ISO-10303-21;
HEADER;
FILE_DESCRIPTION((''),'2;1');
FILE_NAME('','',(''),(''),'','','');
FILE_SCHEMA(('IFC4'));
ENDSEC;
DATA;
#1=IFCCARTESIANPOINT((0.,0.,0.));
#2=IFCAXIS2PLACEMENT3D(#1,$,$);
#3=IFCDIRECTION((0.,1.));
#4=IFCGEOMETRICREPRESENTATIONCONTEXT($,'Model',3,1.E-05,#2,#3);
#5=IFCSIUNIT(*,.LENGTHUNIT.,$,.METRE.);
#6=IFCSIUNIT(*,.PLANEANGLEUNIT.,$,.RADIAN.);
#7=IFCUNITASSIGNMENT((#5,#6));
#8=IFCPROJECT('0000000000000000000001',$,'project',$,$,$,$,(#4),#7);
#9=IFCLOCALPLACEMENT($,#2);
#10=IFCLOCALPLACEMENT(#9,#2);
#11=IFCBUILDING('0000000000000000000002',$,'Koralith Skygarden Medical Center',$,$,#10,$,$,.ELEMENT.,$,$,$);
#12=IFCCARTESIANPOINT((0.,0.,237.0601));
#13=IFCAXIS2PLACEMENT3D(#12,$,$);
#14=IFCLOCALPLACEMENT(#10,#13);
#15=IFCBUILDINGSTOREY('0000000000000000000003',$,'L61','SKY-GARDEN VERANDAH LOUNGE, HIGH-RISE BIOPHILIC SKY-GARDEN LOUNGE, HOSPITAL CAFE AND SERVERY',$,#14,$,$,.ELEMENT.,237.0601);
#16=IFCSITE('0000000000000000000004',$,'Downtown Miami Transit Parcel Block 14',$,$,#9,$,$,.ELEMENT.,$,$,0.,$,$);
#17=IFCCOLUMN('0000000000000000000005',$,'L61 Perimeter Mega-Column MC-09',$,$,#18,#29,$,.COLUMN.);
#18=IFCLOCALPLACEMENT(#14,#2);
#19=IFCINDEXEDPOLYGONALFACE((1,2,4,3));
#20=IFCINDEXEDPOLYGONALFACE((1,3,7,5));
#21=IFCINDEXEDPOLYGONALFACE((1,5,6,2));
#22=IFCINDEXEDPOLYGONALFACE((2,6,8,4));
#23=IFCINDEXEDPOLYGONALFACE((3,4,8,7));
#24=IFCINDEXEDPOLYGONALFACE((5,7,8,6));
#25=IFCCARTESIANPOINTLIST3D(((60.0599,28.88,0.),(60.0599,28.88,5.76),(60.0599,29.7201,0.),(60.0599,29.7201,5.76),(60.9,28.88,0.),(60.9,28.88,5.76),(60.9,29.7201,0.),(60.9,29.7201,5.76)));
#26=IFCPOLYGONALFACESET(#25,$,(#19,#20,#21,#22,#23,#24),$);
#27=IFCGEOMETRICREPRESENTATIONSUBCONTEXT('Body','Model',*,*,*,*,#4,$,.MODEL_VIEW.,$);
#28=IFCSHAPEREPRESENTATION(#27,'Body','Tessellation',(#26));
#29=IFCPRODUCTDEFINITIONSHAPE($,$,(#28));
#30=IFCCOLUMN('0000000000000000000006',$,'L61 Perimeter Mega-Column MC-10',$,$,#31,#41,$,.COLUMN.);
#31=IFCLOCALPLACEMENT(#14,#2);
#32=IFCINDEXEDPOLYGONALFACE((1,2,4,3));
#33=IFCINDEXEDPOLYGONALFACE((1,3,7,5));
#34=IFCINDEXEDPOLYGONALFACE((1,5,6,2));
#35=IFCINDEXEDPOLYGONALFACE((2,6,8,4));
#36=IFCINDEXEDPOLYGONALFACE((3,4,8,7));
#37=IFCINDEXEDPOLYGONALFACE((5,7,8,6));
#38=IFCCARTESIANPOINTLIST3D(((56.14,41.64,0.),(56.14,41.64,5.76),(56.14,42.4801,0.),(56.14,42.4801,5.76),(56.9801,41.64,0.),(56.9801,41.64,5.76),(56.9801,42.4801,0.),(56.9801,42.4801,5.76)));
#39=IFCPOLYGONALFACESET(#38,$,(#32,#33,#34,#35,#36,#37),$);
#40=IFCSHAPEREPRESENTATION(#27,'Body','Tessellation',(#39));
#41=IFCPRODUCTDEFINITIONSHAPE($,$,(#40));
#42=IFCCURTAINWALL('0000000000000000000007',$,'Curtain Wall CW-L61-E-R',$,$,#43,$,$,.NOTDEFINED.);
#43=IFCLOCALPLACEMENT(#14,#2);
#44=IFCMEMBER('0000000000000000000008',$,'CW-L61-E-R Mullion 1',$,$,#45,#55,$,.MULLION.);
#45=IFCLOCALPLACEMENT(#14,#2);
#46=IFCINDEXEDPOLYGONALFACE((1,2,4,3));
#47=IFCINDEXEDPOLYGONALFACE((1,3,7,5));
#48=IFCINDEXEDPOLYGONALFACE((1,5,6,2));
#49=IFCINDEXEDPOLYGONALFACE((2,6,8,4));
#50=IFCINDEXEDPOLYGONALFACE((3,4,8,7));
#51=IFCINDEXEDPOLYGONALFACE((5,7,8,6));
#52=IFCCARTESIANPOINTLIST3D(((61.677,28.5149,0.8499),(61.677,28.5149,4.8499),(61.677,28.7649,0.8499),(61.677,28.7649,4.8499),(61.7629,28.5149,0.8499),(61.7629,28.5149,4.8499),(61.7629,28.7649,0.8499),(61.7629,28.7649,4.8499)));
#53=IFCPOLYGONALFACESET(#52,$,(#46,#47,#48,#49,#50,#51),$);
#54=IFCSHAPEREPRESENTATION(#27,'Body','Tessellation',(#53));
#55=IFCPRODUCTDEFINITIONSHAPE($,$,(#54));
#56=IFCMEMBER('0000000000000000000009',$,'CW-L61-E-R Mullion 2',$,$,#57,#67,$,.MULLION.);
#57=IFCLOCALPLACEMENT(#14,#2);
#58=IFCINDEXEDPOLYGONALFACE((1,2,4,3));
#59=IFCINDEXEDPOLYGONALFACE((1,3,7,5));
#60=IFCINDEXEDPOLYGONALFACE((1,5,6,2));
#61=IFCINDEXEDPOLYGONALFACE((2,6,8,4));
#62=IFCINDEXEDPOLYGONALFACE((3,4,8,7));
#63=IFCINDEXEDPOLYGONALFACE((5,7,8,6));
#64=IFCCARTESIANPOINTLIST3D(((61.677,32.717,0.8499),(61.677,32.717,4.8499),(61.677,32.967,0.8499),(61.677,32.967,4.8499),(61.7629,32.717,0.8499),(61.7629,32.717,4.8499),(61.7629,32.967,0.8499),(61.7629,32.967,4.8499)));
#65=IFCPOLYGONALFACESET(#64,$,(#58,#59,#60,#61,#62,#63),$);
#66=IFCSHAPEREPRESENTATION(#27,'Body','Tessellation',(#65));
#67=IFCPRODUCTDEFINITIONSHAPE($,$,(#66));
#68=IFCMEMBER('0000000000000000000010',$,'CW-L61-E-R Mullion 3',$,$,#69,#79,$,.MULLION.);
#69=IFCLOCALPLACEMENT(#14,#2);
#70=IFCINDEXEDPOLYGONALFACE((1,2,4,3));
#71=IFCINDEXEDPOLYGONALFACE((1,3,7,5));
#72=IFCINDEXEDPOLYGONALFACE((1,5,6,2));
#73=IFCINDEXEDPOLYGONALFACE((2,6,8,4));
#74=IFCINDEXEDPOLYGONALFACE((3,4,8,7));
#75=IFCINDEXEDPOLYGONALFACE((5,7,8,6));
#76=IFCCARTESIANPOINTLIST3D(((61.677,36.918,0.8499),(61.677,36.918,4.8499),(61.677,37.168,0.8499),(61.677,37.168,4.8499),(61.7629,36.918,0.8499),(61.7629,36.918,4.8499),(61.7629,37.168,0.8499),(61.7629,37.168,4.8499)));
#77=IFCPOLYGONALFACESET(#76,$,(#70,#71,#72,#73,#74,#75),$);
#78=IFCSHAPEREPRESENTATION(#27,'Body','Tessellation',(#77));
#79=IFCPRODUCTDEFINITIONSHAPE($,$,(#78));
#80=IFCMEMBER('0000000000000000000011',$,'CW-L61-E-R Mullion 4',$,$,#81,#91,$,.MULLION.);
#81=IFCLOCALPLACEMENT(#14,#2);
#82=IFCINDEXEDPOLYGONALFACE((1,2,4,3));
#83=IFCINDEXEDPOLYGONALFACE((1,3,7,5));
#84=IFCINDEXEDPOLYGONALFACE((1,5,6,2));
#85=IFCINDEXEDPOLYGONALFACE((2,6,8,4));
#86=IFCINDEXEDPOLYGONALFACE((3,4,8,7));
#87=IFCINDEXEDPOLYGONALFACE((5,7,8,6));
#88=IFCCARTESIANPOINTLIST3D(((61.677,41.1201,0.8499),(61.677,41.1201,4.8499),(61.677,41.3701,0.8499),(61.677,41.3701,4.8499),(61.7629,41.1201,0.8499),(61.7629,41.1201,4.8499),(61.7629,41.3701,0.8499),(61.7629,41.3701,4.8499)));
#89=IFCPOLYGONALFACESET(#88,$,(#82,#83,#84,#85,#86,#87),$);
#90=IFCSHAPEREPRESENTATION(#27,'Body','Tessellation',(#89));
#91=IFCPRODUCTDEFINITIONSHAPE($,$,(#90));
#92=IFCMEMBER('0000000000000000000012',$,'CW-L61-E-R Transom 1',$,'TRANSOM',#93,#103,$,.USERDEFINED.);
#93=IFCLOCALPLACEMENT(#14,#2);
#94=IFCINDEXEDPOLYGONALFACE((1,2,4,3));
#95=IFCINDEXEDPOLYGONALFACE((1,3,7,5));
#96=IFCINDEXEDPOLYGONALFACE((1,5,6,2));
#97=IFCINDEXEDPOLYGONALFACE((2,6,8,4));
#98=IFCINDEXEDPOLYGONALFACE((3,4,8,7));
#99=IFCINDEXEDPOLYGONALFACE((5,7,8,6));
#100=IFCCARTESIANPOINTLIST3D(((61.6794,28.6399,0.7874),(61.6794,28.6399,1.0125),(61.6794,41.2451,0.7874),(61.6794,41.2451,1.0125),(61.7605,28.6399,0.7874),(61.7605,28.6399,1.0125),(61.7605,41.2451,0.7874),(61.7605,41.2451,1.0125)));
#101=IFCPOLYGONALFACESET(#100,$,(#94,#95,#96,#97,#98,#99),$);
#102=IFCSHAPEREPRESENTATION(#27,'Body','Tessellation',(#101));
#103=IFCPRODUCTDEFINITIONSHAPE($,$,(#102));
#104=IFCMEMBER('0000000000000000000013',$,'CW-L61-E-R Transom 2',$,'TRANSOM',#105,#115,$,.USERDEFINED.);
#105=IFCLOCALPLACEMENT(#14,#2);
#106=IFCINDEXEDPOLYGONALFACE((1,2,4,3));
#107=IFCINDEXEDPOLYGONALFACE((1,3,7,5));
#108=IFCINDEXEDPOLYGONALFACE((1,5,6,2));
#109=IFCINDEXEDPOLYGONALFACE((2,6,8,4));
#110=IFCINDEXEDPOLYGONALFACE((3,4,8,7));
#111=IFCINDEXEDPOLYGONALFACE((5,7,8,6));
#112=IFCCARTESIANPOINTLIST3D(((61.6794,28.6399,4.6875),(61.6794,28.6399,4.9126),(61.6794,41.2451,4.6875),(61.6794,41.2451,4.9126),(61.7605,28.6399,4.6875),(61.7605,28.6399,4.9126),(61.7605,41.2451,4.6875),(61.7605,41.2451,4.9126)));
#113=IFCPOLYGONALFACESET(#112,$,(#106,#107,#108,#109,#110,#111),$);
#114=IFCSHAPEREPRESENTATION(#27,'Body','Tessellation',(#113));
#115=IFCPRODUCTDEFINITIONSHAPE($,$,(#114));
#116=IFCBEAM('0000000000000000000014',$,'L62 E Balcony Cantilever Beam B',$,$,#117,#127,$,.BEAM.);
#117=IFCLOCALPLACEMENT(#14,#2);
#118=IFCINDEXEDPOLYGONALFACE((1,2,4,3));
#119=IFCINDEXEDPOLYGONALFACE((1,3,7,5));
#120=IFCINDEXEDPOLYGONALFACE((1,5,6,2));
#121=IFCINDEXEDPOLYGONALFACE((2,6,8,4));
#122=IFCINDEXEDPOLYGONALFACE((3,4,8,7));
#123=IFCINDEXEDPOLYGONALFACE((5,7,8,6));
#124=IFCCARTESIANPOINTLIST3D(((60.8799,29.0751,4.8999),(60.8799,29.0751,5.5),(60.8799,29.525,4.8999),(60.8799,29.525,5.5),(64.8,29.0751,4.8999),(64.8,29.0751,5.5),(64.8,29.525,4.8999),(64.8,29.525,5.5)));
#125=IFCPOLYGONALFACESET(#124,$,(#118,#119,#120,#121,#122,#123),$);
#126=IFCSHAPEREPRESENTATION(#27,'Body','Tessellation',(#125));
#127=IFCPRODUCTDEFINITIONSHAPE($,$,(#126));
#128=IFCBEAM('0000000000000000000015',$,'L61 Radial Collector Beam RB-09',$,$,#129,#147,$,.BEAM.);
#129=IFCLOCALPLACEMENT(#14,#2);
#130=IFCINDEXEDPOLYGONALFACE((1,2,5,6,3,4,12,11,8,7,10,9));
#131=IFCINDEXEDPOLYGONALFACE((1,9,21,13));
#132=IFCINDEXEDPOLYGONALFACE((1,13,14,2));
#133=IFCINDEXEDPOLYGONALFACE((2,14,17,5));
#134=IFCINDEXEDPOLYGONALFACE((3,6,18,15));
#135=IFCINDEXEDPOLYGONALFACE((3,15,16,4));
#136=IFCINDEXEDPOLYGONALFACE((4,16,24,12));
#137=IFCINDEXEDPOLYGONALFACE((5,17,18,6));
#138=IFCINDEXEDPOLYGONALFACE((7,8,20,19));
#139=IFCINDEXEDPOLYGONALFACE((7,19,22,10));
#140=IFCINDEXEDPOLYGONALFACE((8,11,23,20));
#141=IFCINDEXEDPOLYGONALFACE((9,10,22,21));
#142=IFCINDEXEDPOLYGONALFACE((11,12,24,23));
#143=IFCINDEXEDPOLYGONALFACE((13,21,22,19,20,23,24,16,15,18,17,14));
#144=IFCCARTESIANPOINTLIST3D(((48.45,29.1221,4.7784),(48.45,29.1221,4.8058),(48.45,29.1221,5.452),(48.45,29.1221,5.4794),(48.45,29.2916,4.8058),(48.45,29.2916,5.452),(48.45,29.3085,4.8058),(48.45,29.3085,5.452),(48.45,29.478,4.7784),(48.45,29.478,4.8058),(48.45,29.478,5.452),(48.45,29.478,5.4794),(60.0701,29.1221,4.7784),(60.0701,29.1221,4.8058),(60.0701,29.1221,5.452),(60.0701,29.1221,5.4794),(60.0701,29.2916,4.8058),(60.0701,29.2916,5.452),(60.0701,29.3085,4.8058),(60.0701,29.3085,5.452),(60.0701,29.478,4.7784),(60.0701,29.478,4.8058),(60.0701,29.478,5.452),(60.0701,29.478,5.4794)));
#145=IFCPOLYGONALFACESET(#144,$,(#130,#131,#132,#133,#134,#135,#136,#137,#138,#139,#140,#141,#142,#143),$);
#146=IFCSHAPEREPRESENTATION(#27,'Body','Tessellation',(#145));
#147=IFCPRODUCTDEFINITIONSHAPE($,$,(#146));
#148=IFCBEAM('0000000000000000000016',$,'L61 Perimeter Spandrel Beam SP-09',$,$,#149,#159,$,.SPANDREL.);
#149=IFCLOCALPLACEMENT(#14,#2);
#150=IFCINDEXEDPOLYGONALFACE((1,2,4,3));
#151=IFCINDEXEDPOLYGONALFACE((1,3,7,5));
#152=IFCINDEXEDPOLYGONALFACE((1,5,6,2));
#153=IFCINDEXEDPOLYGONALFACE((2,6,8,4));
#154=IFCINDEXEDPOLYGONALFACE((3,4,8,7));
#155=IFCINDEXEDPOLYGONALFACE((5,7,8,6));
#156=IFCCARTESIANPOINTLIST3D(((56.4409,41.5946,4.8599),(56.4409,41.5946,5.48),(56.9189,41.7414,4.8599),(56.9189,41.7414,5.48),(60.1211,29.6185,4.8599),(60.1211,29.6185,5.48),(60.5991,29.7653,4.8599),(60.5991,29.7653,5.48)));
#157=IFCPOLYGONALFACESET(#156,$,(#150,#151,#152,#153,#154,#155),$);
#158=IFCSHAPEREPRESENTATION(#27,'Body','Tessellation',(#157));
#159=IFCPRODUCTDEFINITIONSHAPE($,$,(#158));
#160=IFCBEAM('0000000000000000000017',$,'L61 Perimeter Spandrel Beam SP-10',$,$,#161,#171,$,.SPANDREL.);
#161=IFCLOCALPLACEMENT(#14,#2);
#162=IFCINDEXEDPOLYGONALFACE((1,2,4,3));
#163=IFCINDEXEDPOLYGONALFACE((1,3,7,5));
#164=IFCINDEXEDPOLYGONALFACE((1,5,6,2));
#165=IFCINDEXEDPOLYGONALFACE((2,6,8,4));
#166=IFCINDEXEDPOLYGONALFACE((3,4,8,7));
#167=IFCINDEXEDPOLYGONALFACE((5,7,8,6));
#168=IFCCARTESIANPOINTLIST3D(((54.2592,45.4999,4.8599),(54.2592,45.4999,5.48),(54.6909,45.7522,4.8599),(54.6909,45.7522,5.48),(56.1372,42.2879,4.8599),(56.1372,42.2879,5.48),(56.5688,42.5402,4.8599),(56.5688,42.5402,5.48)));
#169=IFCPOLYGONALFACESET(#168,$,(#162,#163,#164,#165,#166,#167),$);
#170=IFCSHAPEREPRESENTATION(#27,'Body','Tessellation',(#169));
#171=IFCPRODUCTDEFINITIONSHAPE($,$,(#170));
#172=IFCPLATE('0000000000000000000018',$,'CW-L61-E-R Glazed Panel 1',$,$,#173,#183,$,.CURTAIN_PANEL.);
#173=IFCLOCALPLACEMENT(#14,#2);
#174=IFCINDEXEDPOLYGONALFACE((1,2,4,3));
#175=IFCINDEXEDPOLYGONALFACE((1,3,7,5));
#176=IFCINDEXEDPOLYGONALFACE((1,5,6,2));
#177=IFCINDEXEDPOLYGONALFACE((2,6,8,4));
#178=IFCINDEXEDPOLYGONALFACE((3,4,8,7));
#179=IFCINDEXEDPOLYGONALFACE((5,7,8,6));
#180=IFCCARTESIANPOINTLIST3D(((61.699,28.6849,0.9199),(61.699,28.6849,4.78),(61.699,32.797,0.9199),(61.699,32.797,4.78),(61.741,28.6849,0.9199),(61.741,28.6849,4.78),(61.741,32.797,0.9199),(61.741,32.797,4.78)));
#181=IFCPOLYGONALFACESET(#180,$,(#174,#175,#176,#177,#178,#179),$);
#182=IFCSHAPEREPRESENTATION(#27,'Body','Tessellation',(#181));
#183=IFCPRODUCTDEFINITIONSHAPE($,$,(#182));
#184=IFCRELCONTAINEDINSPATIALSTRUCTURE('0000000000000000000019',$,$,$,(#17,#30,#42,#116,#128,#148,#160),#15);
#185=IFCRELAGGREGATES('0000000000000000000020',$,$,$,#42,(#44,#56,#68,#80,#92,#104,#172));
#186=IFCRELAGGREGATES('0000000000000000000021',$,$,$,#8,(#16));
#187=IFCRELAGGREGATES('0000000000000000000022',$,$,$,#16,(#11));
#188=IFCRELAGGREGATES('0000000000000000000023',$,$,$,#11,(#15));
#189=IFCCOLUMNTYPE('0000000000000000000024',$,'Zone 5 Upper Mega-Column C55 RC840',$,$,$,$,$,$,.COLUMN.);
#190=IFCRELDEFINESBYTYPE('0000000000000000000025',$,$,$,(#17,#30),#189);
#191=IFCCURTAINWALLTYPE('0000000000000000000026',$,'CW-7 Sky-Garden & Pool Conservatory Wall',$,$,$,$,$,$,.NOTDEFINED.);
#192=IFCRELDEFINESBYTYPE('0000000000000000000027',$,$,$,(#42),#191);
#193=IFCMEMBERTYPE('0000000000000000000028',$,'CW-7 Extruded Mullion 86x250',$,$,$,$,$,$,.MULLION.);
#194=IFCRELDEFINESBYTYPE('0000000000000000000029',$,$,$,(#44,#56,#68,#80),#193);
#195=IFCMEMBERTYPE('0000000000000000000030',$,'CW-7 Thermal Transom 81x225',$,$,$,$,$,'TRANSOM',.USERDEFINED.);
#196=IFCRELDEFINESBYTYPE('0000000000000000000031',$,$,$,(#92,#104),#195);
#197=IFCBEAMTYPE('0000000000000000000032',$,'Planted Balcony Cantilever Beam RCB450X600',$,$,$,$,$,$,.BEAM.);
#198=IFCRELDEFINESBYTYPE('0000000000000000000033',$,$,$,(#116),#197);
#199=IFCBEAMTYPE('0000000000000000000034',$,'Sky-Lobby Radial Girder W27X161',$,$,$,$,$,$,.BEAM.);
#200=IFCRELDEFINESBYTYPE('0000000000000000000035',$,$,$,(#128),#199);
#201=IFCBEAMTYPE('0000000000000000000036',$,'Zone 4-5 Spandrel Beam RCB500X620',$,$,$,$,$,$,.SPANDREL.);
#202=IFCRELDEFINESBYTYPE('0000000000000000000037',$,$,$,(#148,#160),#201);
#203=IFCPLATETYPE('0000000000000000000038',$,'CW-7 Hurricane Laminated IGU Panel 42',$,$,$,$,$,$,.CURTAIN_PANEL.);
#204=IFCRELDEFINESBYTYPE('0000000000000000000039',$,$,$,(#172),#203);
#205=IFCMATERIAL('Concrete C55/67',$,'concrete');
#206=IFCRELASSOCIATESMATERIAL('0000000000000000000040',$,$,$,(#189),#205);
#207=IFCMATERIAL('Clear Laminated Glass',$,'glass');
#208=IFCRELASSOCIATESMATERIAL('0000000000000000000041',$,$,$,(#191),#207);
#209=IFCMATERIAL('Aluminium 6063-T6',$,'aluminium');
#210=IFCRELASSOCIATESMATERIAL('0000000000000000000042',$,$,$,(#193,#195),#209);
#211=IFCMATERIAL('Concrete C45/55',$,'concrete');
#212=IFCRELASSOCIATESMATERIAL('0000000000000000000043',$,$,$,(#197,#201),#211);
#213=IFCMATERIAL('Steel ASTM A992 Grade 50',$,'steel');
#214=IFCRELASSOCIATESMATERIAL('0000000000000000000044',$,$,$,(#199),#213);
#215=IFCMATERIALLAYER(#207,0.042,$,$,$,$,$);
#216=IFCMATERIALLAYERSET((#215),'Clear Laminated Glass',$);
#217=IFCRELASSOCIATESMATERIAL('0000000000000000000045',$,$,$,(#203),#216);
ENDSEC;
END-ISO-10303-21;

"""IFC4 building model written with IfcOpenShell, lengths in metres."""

from ifc_helpers import new_model, si_unit, direction, frame, origin, origin_2d, place, context, subcontext, project, spatial, rectangle, i_section, extrude, material, layer, layer_set, material_profile, profile_set, type_object, element, aggregate, save


model = new_model("IFC4")

# Units and contexts
model_context = context("Model", 3, precision=1e-05, world=origin(), true_north=direction((0.0, 1.0)))
body_context = subcontext(model_context, "Body", "Model", "MODEL_VIEW")
ifc_project = project(units=[si_unit("LENGTHUNIT", "METRE"), si_unit("PLANEANGLEUNIT", "RADIAN")], contexts=[model_context])

# Site, building, storey
site_placement = place(None, origin())
site = spatial("IfcSite", under=ifc_project, at=site_placement, Name="Downtown Miami Transit Parcel Block 14", CompositionType="ELEMENT", RefElevation=0.0)
building_placement = place(site_placement, origin())
building = spatial("IfcBuilding", under=site, at=building_placement, Name="Koralith Skygarden Medical Center", CompositionType="ELEMENT")
storey_placement = place(building_placement, frame((0.0, 0.0, 237.0601)))
storey = spatial("IfcBuildingStorey", under=building, at=storey_placement, Name="L61", Description="SKY-GARDEN VERANDAH LOUNGE, HIGH-RISE BIOPHILIC SKY-GARDEN LOUNGE, HOSPITAL CAFE AND SERVERY", CompositionType="ELEMENT", Elevation=237.0601)

# Columns
ifc_material_1 = material(Name="Concrete C55/67", Category="concrete")
ifc_material_profile_1 = material_profile(ifc_material_1, rectangle(XDim=0.8401, YDim=0.8401, at=origin_2d()), Name="RC840X840")
ifc_profile_set_1 = profile_set([ifc_material_profile_1], Name="Concrete C55/67")
column_type = type_object("IfcColumnType", Name="Zone 5 Upper Mega-Column C55 RC840", PredefinedType="COLUMN", material=ifc_profile_set_1)
for number, where, z_axis, x_axis, name in (
    (1, (60.48, 29.3, 0.0), (0.0, 0.0, 1.0), (1.0, 0.0, 0.0), "L61 Perimeter Mega-Column MC-09"),
    (2, (56.5601, 42.0601, 0.0), (0.0, 0.0, 1.0), (1.0, 0.0, 0.0), "L61 Perimeter Mega-Column MC-10"),
):
    element("IfcColumn", number, at=place(storey_placement, frame(where, z_axis=z_axis, x_axis=x_axis)), inside=storey, type_object=column_type, Name=name, PredefinedType="COLUMN", context=body_context, shape_type="SweptSolid", body=[
        extrude(rectangle(XDim=0.8401, YDim=0.8401, at=origin_2d()), origin(), (0.0, 0.0, 1.0), 5.76),
    ])

# Curtain wall, members
ifc_material_2 = material(Name="Clear Laminated Glass", Category="glass")
curtain_wall_type = type_object("IfcCurtainWallType", Name="CW-7 Sky-Garden & Pool Conservatory Wall", PredefinedType="NOTDEFINED", material=ifc_material_2)
curtain_wall_placement = place(storey_placement, origin())
curtain_wall = element("IfcCurtainWall", 3, at=curtain_wall_placement, inside=storey, type_object=curtain_wall_type, Name="Curtain Wall CW-L61-E-R", PredefinedType="NOTDEFINED")
ifc_material_3 = material(Name="Aluminium 6063-T6", Category="aluminium")
ifc_material_profile_2 = material_profile(ifc_material_3, rectangle(XDim=0.0859, YDim=0.25, at=origin_2d()), Name="MUL86X250")
ifc_profile_set_2 = profile_set([ifc_material_profile_2], Name="Aluminium 6063-T6")
member_type_1 = type_object("IfcMemberType", Name="CW-7 Extruded Mullion 86x250", PredefinedType="MULLION", material=ifc_profile_set_2)
member_1_placement = place(storey_placement, frame((61.72, 28.6399, 0.8499), z_axis=(0.0, 0.0, 1.0), x_axis=(1.0, 0.0, 0.0)))
member_1 = element("IfcMember", 4, at=member_1_placement, type_object=member_type_1, Name="CW-L61-E-R Mullion 1", PredefinedType="MULLION", context=body_context, shape_type="SweptSolid", body=[
    extrude(rectangle(XDim=0.0859, YDim=0.25, at=origin_2d()), origin(), (0.0, 0.0, 1.0), 4.0),
])
member_2_placement = place(storey_placement, frame((61.72, 32.842, 0.8499), z_axis=(0.0, 0.0, 1.0), x_axis=(1.0, 0.0, 0.0)))
member_2 = element("IfcMember", 5, at=member_2_placement, type_object=member_type_1, Name="CW-L61-E-R Mullion 2", PredefinedType="MULLION", context=body_context, shape_type="SweptSolid", body=[
    extrude(rectangle(XDim=0.0859, YDim=0.25, at=origin_2d()), origin(), (0.0, 0.0, 1.0), 4.0),
])
member_3_placement = place(storey_placement, frame((61.72, 37.043, 0.8499), z_axis=(0.0, 0.0, 1.0), x_axis=(1.0, 0.0, 0.0)))
member_3 = element("IfcMember", 6, at=member_3_placement, type_object=member_type_1, Name="CW-L61-E-R Mullion 3", PredefinedType="MULLION", context=body_context, shape_type="SweptSolid", body=[
    extrude(rectangle(XDim=0.0859, YDim=0.25, at=origin_2d()), origin(), (0.0, 0.0, 1.0), 4.0),
])
member_4_placement = place(storey_placement, frame((61.72, 41.2451, 0.8499), z_axis=(0.0, 0.0, 1.0), x_axis=(1.0, 0.0, 0.0)))
member_4 = element("IfcMember", 7, at=member_4_placement, type_object=member_type_1, Name="CW-L61-E-R Mullion 4", PredefinedType="MULLION", context=body_context, shape_type="SweptSolid", body=[
    extrude(rectangle(XDim=0.0859, YDim=0.25, at=origin_2d()), origin(), (0.0, 0.0, 1.0), 4.0),
])
ifc_material_profile_3 = material_profile(ifc_material_3, rectangle(XDim=0.0811, YDim=0.2251, at=origin_2d()), Name="TRN81X225")
ifc_profile_set_3 = profile_set([ifc_material_profile_3], Name="Aluminium 6063-T6")
member_type_2 = type_object("IfcMemberType", Name="CW-7 Thermal Transom 81x225", ElementType="TRANSOM", PredefinedType="USERDEFINED", material=ifc_profile_set_3)
member_5_placement = place(storey_placement, frame((61.72, 28.6399, 0.8999), z_axis=(0.0, 1.0, 0.0), x_axis=(-1.0, 0.0, 0.0)))
member_5 = element("IfcMember", 8, at=member_5_placement, type_object=member_type_2, Name="CW-L61-E-R Transom 1", ObjectType="TRANSOM", PredefinedType="USERDEFINED", context=body_context, shape_type="SweptSolid", body=[
    extrude(rectangle(XDim=0.0811, YDim=0.2251, at=origin_2d()), origin(), (0.0, 0.0, 1.0), 12.6052),
])
member_6_placement = place(storey_placement, frame((61.72, 28.6399, 4.8), z_axis=(0.0, 1.0, 0.0), x_axis=(-1.0, 0.0, 0.0)))
member_6 = element("IfcMember", 9, at=member_6_placement, type_object=member_type_2, Name="CW-L61-E-R Transom 2", ObjectType="TRANSOM", PredefinedType="USERDEFINED", context=body_context, shape_type="SweptSolid", body=[
    extrude(rectangle(XDim=0.0811, YDim=0.2251, at=origin_2d()), origin(), (0.0, 0.0, 1.0), 12.6052),
])

# Beams
ifc_material_4 = material(Name="Concrete C45/55", Category="concrete")
ifc_material_profile_4 = material_profile(ifc_material_4, rectangle(XDim=0.45, YDim=0.6001, at=origin_2d()), Name="RCB450X600")
ifc_profile_set_4 = profile_set([ifc_material_profile_4], Name="Concrete C45/55")
beam_type_1 = type_object("IfcBeamType", Name="Planted Balcony Cantilever Beam RCB450X600", PredefinedType="BEAM", material=ifc_profile_set_4)
beam_1_placement = place(storey_placement, frame((60.8799, 29.3, 5.2), z_axis=(1.0, 0.0, 0.0), x_axis=(0.0, 1.0, 0.0)))
element("IfcBeam", 10, at=beam_1_placement, inside=storey, type_object=beam_type_1, Name="L62 E Balcony Cantilever Beam B", PredefinedType="BEAM", context=body_context, shape_type="SweptSolid", body=[
    extrude(rectangle(XDim=0.45, YDim=0.6001, at=origin_2d()), origin(), (0.0, 0.0, 1.0), 3.9202),
])
ifc_material_5 = material(Name="Steel ASTM A992 Grade 50", Category="steel")
ifc_material_profile_5 = material_profile(ifc_material_5, i_section(OverallWidth=0.356, OverallDepth=0.7009, WebThickness=0.0168, FlangeThickness=0.0273, at=origin_2d()), Name="W27X161")
ifc_profile_set_5 = profile_set([ifc_material_profile_5], Name="Steel ASTM A992 Grade 50")
beam_type_2 = type_object("IfcBeamType", Name="Sky-Lobby Radial Girder W27X161", PredefinedType="BEAM", material=ifc_profile_set_5)
beam_2_placement = place(storey_placement, frame((48.45, 29.3, 5.1289), z_axis=(1.0, 0.0, 0.0), x_axis=(0.0, 1.0, 0.0)))
element("IfcBeam", 11, at=beam_2_placement, inside=storey, type_object=beam_type_2, Name="L61 Radial Collector Beam RB-09", PredefinedType="BEAM", context=body_context, shape_type="SweptSolid", body=[
    extrude(i_section(OverallWidth=0.356, OverallDepth=0.7009, WebThickness=0.0168, FlangeThickness=0.0273, at=origin_2d()), origin(), (0.0, 0.0, 1.0), 11.6201),
])
ifc_material_profile_6 = material_profile(ifc_material_4, rectangle(XDim=0.5, YDim=0.6201, at=origin_2d()), Name="RCB500X620")
ifc_profile_set_6 = profile_set([ifc_material_profile_6], Name="Concrete C45/55")
beam_type_3 = type_object("IfcBeamType", Name="Zone 4-5 Spandrel Beam RCB500X620", PredefinedType="SPANDREL", material=ifc_profile_set_6)
beam_3_placement = place(storey_placement, frame((60.3601, 29.6919, 5.1699), z_axis=(-0.293738, 0.955886, 0.0), x_axis=(-0.955886, -0.293738, 0.0)))
element("IfcBeam", 12, at=beam_3_placement, inside=storey, type_object=beam_type_3, Name="L61 Perimeter Spandrel Beam SP-09", PredefinedType="SPANDREL", context=body_context, shape_type="SweptSolid", body=[
    extrude(rectangle(XDim=0.5, YDim=0.6201, at=origin_2d()), origin(), (0.0, 0.0, 1.0), 12.5288),
])
beam_4_placement = place(storey_placement, frame((56.353, 42.4141, 5.1699), z_axis=(-0.504736, 0.863274, 0.0), x_axis=(-0.863274, -0.504736, 0.0)))
element("IfcBeam", 13, at=beam_4_placement, inside=storey, type_object=beam_type_3, Name="L61 Perimeter Spandrel Beam SP-10", PredefinedType="SPANDREL", context=body_context, shape_type="SweptSolid", body=[
    extrude(rectangle(XDim=0.5, YDim=0.6201, at=origin_2d()), origin(), (0.0, 0.0, 1.0), 3.7207),
])

# Plate
ifc_layer_1 = layer(ifc_material_2, 0.042)
ifc_layer_set_1 = layer_set([ifc_layer_1], Name="Clear Laminated Glass")
plate_type_1 = type_object("IfcPlateType", Name="CW-7 Hurricane Laminated IGU Panel 42", PredefinedType="CURTAIN_PANEL", material=ifc_layer_set_1)
plate_1_placement = place(storey_placement, frame((61.72, 30.741, 0.9199), z_axis=(0.0, 0.0, 1.0), x_axis=(0.0, 1.0, 0.0)))
plate_1 = element("IfcPlate", 14, at=plate_1_placement, type_object=plate_type_1, Name="CW-L61-E-R Glazed Panel 1", PredefinedType="CURTAIN_PANEL", context=body_context, shape_type="SweptSolid", body=[
    extrude(rectangle(XDim=4.1121, YDim=0.042, at=origin_2d()), origin(), (0.0, 0.0, 1.0), 3.8601),
])
aggregate(curtain_wall, [member_1, member_2, member_3, member_4, member_5, member_6, plate_1])

save(model, "model.ifc")
